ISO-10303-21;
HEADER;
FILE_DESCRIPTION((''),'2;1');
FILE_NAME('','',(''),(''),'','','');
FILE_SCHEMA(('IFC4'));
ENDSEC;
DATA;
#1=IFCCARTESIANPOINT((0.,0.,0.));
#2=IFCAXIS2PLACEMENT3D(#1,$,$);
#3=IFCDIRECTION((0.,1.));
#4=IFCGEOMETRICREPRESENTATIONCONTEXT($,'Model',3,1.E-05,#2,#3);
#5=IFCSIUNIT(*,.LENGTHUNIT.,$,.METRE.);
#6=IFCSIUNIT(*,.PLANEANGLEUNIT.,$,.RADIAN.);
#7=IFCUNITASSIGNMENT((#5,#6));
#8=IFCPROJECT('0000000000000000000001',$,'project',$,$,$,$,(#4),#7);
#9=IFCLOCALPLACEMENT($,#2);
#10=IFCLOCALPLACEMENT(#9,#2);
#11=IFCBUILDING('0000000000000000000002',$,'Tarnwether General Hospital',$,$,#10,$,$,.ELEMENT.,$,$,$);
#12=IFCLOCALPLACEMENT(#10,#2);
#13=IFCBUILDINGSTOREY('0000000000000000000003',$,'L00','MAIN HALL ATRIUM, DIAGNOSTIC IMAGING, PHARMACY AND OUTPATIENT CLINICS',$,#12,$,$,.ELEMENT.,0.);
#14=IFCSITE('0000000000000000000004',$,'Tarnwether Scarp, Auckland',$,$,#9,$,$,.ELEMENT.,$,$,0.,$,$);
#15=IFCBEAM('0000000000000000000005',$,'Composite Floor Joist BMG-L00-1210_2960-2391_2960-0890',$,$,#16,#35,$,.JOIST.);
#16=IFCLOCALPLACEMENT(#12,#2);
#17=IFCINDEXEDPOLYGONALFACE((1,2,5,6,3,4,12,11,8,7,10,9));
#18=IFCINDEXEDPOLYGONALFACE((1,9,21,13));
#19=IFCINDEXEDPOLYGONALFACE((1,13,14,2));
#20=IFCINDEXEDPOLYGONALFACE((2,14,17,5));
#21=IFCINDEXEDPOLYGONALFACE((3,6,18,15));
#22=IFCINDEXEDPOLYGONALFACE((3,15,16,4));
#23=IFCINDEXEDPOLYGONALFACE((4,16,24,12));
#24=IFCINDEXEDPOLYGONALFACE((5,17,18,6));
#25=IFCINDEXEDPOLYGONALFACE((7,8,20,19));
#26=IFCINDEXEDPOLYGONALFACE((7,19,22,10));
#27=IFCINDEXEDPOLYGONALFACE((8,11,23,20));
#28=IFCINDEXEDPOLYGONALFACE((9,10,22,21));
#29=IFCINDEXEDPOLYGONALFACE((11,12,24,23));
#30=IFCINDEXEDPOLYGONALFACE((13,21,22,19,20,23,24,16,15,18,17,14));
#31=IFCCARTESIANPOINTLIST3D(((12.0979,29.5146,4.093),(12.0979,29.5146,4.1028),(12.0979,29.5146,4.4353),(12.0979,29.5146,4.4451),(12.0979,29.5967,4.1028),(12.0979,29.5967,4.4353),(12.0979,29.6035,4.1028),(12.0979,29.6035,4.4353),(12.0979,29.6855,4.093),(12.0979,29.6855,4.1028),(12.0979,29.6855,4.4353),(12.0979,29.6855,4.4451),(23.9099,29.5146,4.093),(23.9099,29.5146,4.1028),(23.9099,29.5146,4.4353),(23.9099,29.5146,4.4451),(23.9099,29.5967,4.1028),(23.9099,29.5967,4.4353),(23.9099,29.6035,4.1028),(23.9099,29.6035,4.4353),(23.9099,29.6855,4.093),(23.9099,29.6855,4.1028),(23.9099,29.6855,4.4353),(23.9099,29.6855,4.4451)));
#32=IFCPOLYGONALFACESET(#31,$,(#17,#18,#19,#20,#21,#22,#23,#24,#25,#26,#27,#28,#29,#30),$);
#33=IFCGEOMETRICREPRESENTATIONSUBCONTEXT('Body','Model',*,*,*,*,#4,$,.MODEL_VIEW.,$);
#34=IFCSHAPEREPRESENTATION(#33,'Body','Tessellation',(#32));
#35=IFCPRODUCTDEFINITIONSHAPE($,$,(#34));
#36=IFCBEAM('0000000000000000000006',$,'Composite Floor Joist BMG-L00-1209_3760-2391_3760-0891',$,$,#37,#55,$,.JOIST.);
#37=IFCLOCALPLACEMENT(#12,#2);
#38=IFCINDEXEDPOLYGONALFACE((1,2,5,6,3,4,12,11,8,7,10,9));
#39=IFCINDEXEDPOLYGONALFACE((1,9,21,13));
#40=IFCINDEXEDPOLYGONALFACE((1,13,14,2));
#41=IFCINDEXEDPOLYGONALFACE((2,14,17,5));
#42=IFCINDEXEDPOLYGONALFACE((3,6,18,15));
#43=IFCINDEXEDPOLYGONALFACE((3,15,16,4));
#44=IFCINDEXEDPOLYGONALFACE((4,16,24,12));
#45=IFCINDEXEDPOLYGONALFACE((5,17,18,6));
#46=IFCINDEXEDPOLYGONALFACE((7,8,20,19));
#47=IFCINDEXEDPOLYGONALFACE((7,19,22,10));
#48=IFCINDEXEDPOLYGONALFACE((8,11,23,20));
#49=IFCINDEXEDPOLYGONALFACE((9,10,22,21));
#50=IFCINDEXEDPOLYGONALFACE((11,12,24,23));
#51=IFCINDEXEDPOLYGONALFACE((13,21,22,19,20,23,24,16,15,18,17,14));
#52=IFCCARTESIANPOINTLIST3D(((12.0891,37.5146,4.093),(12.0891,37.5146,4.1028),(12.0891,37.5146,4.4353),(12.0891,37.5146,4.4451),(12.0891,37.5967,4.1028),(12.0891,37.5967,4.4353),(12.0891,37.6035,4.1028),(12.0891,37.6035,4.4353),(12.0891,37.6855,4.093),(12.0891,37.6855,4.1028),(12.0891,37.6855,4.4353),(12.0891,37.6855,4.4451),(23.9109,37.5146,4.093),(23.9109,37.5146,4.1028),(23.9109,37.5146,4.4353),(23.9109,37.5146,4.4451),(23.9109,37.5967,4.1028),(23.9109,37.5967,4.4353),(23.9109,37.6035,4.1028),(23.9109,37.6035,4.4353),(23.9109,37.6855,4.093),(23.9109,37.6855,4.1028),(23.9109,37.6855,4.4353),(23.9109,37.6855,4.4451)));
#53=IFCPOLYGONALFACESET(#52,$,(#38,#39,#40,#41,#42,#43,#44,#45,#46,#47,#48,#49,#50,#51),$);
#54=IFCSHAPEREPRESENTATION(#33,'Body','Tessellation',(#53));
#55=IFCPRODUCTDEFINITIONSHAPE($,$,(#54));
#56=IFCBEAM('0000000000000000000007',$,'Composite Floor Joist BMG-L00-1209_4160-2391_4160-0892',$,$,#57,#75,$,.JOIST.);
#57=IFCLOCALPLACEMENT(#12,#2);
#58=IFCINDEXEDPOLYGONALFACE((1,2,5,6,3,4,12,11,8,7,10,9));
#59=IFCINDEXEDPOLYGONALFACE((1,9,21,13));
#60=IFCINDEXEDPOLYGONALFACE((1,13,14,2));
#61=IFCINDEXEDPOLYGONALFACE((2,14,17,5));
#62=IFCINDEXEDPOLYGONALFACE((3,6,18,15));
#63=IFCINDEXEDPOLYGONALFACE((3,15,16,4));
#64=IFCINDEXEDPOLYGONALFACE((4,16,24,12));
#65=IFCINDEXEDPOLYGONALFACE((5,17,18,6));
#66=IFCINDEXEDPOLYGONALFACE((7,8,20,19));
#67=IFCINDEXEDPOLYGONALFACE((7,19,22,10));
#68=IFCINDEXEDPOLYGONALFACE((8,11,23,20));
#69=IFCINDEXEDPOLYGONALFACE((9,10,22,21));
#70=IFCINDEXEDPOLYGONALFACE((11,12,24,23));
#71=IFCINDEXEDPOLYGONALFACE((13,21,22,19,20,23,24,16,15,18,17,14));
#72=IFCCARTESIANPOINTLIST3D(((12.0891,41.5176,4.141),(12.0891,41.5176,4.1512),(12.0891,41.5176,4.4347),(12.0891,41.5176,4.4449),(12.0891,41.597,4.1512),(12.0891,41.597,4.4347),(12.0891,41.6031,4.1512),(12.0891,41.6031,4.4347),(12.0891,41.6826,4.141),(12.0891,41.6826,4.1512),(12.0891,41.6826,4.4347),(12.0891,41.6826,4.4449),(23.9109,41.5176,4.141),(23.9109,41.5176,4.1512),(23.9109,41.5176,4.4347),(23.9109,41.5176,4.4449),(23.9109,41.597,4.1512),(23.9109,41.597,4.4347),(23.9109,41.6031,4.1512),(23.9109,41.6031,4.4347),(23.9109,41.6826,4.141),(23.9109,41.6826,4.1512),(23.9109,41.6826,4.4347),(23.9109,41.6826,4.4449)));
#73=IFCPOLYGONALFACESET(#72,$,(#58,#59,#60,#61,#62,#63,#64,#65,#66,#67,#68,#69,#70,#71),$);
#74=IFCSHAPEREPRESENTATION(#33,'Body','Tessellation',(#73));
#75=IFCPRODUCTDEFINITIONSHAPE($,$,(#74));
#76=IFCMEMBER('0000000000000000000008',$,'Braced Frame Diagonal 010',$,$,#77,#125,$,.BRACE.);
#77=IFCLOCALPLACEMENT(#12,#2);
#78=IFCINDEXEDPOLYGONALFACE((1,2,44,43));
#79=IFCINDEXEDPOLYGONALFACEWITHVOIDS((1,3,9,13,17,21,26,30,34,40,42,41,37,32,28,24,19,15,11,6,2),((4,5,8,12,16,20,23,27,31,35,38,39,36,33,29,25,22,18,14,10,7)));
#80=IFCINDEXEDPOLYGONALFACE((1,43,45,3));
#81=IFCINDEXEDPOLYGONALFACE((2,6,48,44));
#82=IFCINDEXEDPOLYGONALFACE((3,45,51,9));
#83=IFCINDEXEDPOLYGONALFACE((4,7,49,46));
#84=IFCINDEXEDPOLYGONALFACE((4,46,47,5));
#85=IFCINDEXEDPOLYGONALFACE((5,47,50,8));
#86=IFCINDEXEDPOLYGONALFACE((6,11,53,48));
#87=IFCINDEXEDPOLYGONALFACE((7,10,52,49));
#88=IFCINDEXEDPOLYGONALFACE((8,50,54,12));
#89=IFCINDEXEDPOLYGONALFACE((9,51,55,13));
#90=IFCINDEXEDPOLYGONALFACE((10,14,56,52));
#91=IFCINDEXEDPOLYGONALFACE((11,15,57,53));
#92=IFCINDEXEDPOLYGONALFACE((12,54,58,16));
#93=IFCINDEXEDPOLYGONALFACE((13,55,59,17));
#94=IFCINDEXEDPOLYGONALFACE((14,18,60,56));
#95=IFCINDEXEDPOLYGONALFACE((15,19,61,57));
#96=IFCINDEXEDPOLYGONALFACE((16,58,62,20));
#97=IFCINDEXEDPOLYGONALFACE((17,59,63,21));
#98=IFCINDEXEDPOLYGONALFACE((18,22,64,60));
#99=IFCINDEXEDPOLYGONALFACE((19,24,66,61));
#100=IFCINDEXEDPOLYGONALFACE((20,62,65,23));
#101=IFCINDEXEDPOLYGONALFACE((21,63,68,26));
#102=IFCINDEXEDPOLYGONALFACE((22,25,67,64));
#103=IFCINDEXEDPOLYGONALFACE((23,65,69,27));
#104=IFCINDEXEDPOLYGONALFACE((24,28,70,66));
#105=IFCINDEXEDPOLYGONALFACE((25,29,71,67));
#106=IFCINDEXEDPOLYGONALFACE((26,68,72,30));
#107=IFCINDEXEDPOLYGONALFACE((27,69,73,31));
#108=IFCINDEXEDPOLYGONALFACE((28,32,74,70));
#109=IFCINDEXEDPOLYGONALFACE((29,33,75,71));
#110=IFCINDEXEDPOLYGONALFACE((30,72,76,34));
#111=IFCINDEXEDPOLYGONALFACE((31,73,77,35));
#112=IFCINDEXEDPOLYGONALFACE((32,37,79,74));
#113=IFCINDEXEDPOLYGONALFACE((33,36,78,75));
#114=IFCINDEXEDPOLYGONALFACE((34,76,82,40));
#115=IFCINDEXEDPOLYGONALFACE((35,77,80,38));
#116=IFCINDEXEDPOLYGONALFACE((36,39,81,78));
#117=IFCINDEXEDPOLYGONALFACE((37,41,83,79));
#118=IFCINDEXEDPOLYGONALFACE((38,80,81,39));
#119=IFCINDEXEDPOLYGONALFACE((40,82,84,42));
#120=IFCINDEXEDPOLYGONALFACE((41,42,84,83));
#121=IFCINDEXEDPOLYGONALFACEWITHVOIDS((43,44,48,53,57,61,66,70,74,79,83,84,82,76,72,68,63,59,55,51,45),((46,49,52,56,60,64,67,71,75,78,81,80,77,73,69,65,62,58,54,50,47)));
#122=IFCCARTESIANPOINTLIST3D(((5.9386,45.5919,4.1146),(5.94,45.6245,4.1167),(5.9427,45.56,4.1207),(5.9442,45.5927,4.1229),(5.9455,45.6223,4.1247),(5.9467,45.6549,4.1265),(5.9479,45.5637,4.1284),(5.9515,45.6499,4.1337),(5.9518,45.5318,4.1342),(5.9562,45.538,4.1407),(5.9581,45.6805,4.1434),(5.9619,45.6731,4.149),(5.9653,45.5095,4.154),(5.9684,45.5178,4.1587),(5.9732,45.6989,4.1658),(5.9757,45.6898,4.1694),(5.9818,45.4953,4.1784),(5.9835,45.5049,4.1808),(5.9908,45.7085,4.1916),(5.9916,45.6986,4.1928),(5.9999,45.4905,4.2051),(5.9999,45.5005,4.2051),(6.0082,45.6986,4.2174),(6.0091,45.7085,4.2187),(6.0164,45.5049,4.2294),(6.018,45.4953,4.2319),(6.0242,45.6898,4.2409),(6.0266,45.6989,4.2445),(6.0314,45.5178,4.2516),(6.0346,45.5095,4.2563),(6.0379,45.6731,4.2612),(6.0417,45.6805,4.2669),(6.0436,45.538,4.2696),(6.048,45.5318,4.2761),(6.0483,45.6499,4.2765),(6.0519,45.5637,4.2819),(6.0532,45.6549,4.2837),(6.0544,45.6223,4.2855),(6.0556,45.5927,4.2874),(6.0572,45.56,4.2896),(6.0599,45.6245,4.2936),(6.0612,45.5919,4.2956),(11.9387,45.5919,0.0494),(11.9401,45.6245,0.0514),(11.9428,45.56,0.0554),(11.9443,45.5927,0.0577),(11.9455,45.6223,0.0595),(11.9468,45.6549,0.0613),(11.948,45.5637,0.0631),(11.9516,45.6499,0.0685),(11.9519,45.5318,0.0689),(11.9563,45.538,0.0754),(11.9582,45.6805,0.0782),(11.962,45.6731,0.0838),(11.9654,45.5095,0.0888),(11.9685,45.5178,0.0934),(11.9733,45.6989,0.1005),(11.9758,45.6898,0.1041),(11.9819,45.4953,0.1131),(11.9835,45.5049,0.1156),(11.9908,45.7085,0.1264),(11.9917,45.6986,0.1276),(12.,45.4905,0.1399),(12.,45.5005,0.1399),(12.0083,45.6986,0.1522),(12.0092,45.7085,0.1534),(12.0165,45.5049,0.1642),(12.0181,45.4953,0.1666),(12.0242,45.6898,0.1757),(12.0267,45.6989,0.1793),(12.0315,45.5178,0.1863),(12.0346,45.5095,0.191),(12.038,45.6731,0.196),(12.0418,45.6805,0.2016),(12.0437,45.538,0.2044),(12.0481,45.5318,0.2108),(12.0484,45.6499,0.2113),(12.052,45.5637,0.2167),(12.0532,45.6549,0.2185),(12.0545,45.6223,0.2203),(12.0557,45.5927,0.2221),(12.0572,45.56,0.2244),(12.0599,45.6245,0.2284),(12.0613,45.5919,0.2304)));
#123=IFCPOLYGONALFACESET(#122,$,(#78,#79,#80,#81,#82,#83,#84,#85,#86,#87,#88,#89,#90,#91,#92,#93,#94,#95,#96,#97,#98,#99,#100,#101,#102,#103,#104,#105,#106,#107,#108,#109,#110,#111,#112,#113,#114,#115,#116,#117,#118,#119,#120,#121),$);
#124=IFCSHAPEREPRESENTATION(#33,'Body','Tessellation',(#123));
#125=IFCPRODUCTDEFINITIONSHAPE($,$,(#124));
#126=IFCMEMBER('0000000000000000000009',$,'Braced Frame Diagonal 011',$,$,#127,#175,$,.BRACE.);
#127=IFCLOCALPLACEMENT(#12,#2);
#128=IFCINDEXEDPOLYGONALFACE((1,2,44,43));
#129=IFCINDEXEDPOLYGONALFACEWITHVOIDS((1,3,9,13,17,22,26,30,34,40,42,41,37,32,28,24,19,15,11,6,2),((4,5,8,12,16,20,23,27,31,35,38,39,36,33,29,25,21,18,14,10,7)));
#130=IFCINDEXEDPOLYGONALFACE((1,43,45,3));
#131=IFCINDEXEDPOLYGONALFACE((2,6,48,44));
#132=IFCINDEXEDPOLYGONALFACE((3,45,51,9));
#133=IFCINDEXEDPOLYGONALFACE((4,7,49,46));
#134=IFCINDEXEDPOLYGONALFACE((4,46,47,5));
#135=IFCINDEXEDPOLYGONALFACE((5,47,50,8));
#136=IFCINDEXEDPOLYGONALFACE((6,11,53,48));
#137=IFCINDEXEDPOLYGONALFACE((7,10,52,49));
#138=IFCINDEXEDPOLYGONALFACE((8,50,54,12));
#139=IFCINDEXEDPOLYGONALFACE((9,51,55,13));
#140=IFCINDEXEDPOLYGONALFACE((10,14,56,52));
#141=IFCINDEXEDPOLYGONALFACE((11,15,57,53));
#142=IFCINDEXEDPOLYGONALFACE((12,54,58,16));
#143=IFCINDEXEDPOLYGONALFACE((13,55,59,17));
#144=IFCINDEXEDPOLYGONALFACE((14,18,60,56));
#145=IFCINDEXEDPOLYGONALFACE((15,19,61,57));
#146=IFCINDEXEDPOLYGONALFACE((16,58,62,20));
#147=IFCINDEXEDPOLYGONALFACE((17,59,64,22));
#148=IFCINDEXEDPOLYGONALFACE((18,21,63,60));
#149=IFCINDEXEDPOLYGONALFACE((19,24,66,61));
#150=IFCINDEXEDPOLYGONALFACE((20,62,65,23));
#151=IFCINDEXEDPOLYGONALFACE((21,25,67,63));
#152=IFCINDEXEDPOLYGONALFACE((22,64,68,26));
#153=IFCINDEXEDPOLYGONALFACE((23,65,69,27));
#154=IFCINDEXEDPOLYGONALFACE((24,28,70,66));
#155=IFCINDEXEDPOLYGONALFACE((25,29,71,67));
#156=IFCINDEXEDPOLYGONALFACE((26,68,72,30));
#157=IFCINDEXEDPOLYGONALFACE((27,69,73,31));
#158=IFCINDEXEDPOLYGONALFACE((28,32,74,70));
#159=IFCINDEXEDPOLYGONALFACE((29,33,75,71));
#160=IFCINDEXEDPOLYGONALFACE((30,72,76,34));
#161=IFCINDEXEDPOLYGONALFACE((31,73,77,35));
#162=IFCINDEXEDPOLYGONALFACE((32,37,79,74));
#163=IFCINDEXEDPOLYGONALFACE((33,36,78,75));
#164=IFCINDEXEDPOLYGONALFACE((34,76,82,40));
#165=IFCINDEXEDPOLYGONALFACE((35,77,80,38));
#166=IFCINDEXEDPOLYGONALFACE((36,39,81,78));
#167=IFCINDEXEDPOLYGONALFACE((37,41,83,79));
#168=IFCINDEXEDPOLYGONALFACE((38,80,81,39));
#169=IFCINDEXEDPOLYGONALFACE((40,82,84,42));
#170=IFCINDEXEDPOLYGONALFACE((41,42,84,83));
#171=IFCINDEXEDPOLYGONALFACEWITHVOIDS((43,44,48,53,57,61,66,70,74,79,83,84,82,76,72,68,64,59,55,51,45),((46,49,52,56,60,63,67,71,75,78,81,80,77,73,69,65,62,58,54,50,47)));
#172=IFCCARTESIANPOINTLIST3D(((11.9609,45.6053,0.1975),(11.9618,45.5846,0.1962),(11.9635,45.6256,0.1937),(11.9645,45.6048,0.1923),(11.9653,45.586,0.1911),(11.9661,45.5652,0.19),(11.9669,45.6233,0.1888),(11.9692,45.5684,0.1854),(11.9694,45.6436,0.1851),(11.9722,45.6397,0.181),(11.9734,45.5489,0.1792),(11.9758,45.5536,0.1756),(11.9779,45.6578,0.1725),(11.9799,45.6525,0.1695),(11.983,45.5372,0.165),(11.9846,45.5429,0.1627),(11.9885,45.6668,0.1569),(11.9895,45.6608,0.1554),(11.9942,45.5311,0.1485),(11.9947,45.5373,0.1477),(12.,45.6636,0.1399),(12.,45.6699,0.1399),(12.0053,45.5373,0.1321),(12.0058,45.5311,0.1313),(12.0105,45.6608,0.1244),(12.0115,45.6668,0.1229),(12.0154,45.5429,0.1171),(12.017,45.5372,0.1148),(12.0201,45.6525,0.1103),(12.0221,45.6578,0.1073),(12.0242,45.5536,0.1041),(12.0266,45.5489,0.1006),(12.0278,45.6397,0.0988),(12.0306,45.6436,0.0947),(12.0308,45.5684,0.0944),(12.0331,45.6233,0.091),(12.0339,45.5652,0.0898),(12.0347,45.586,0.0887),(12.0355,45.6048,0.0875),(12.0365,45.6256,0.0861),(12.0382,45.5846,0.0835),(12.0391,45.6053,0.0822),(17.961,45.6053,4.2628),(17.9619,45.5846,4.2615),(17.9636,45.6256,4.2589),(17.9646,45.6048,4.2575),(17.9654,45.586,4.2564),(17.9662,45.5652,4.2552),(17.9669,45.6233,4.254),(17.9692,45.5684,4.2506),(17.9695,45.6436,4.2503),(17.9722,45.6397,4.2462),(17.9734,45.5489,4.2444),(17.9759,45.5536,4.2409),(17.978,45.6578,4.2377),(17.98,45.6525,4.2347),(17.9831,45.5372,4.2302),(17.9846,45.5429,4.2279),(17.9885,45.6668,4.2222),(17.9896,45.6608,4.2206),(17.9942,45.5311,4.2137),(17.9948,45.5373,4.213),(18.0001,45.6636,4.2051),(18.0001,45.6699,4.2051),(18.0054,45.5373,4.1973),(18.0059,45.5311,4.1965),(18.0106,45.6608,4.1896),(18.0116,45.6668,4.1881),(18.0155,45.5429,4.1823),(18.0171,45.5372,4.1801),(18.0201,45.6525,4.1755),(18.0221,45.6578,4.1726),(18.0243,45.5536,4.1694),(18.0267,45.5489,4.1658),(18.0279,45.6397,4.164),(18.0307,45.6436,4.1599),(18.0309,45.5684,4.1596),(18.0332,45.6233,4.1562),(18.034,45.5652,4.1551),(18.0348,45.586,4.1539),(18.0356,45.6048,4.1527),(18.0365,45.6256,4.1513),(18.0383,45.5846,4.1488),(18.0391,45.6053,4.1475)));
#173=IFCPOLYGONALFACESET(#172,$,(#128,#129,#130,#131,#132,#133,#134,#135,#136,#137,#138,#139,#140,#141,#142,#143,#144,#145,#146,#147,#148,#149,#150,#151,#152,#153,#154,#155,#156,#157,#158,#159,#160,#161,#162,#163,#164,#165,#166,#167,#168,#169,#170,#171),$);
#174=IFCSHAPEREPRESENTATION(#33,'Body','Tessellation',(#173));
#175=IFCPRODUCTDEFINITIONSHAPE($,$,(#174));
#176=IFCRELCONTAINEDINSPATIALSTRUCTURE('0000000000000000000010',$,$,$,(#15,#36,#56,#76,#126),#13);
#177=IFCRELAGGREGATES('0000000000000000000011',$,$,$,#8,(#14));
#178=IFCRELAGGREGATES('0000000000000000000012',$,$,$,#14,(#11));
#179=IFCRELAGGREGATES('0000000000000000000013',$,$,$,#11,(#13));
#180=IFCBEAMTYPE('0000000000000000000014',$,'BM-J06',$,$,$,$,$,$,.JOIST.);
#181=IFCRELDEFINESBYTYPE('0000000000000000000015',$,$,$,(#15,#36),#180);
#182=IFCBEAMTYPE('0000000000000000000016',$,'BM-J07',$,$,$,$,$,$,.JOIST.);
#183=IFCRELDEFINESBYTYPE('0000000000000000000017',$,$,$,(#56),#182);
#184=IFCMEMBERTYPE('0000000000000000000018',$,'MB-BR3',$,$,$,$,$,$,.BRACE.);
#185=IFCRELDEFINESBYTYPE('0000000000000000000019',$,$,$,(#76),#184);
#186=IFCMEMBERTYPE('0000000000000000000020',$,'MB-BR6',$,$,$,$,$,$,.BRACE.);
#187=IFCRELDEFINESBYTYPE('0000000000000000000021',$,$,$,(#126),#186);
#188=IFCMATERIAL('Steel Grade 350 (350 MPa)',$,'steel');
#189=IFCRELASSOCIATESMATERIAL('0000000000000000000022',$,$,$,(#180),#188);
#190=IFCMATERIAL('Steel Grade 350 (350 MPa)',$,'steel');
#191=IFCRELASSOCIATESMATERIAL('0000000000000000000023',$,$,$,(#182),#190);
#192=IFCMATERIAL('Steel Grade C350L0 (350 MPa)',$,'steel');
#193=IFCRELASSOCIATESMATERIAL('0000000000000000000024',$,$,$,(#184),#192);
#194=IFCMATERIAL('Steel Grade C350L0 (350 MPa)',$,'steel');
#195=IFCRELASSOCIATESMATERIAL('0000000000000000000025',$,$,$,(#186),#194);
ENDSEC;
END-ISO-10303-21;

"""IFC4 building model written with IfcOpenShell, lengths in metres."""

from ifc_helpers import new_model, si_unit, direction, frame, origin, origin_2d, place, context, subcontext, project, spatial, hollow_circle, i_section, extrude, material, material_profile, profile_set, type_object, element, save


model = new_model("IFC4")

# Units and contexts
model_context = context("Model", 3, precision=1e-05, world=origin(), true_north=direction((0.0, 1.0)))
body_context = subcontext(model_context, "Body", "Model", "MODEL_VIEW")
ifc_project = project(units=[si_unit("LENGTHUNIT", "METRE"), si_unit("PLANEANGLEUNIT", "RADIAN")], contexts=[model_context])

# Site, building, storey
site_placement = place(None, origin())
site = spatial("IfcSite", under=ifc_project, at=site_placement, Name="Tarnwether Scarp, Auckland", CompositionType="ELEMENT", RefElevation=0.0)
building_placement = place(site_placement, origin())
building = spatial("IfcBuilding", under=site, at=building_placement, Name="Tarnwether General Hospital", CompositionType="ELEMENT")
storey_placement = place(building_placement, origin())
storey = spatial("IfcBuildingStorey", under=building, at=storey_placement, Name="L00", Description="MAIN HALL ATRIUM, DIAGNOSTIC IMAGING, PHARMACY AND OUTPATIENT CLINICS", CompositionType="ELEMENT", Elevation=0.0)

# Beams
ifc_material_1 = material(Name="Steel Grade 350 (350 MPa)", Category="steel")
ifc_material_profile_1 = material_profile(ifc_material_1, i_section(OverallWidth=0.1709, OverallDepth=0.3521, WebThickness=0.0068, FlangeThickness=0.0098, at=origin_2d()), Name="360UB44.7")
ifc_profile_set_1 = profile_set([ifc_material_profile_1], Name="Steel Grade 350 (350 MPa)")
beam_type_1 = type_object("IfcBeamType", Name="BM-J06", PredefinedType="JOIST", material=ifc_profile_set_1)
beam_1_placement = place(storey_placement, frame((12.0979, 29.6001, 4.269), z_axis=(1.0, 0.0, 0.0), x_axis=(0.0, 1.0, 0.0)))
element("IfcBeam", 1, at=beam_1_placement, inside=storey, type_object=beam_type_1, Name="Composite Floor Joist BMG-L00-1210_2960-2391_2960-0890", PredefinedType="JOIST", context=body_context, shape_type="SweptSolid", body=[
    extrude(i_section(OverallWidth=0.1709, OverallDepth=0.3521, WebThickness=0.0068, FlangeThickness=0.0098, at=origin_2d()), origin(), (0.0, 0.0, 1.0), 11.812),
])
beam_2_placement = place(storey_placement, frame((12.0891, 37.6001, 4.269), z_axis=(1.0, 0.0, 0.0), x_axis=(0.0, 1.0, 0.0)))
element("IfcBeam", 2, at=beam_2_placement, inside=storey, type_object=beam_type_1, Name="Composite Floor Joist BMG-L00-1209_3760-2391_3760-0891", PredefinedType="JOIST", context=body_context, shape_type="SweptSolid", body=[
    extrude(i_section(OverallWidth=0.1709, OverallDepth=0.3521, WebThickness=0.0068, FlangeThickness=0.0098, at=origin_2d()), origin(), (0.0, 0.0, 1.0), 11.8218),
])
ifc_material_2 = material(Name="Steel Grade 350 (350 MPa)", Category="steel")
ifc_material_profile_2 = material_profile(ifc_material_2, i_section(OverallWidth=0.165, OverallDepth=0.304, WebThickness=0.0061, FlangeThickness=0.0103, at=origin_2d()), Name="310UB40.4")
ifc_profile_set_2 = profile_set([ifc_material_profile_2], Name="Steel Grade 350 (350 MPa)")
beam_type_2 = type_object("IfcBeamType", Name="BM-J07", PredefinedType="JOIST", material=ifc_profile_set_2)
beam_3_placement = place(storey_placement, frame((12.0891, 41.6001, 4.293), z_axis=(1.0, 0.0, 0.0), x_axis=(0.0, 1.0, 0.0)))
element("IfcBeam", 3, at=beam_3_placement, inside=storey, type_object=beam_type_2, Name="Composite Floor Joist BMG-L00-1209_4160-2391_4160-0892", PredefinedType="JOIST", context=body_context, shape_type="SweptSolid", body=[
    extrude(i_section(OverallWidth=0.165, OverallDepth=0.304, WebThickness=0.0061, FlangeThickness=0.0103, at=origin_2d()), origin(), (0.0, 0.0, 1.0), 11.8218),
])

# Members
ifc_material_3 = material(Name="Steel Grade C350L0 (350 MPa)", Category="steel")
ifc_material_profile_3 = material_profile(ifc_material_3, hollow_circle(Radius=0.1096, WallThickness=0.01, at=origin_2d()), Name="CHS219.1x10.0")
ifc_profile_set_3 = profile_set([ifc_material_profile_3], Name="Steel Grade C350L0 (350 MPa)")
member_type_1 = type_object("IfcMemberType", Name="MB-BR3", PredefinedType="BRACE", material=ifc_profile_set_3)
member_1_placement = place(storey_placement, frame((12.0, 45.6001, 0.1399), z_axis=(-0.827876, 0.0, 0.560911), x_axis=(0.0, -1.0, 0.0)))
element("IfcMember", 4, at=member_1_placement, inside=storey, type_object=member_type_1, Name="Braced Frame Diagonal 010", PredefinedType="BRACE", context=body_context, shape_type="SweptSolid", body=[
    extrude(hollow_circle(Radius=0.1096, WallThickness=0.01, at=origin_2d()), origin(), (0.0, 0.0, 1.0), 7.2476),
])
ifc_material_4 = material(Name="Steel Grade C350L0 (350 MPa)", Category="steel")
ifc_material_profile_4 = material_profile(ifc_material_4, hollow_circle(Radius=0.0698, WallThickness=0.0063, at=origin_2d()), Name="CHS139.7x6.4")
ifc_profile_set_4 = profile_set([ifc_material_profile_4], Name="Steel Grade C350L0 (350 MPa)")
member_type_2 = type_object("IfcMemberType", Name="MB-BR6", PredefinedType="BRACE", material=ifc_profile_set_4)
for number, where, z_axis, x_axis, name in (
    (5, (12.0, 45.6001, 0.1399), (0.827876, 0.0, 0.560911), (0.0, 1.0, 0.0), "Braced Frame Diagonal 011"),
):
    element("IfcMember", number, at=place(storey_placement, frame(where, z_axis=z_axis, x_axis=x_axis)), inside=storey, type_object=member_type_2, Name=name, PredefinedType="BRACE", context=body_context, shape_type="SweptSolid", body=[
        extrude(hollow_circle(Radius=0.0698, WallThickness=0.0063, at=origin_2d()), origin(), (0.0, 0.0, 1.0), 7.2476),
    ])

save(model, "model.ifc")
